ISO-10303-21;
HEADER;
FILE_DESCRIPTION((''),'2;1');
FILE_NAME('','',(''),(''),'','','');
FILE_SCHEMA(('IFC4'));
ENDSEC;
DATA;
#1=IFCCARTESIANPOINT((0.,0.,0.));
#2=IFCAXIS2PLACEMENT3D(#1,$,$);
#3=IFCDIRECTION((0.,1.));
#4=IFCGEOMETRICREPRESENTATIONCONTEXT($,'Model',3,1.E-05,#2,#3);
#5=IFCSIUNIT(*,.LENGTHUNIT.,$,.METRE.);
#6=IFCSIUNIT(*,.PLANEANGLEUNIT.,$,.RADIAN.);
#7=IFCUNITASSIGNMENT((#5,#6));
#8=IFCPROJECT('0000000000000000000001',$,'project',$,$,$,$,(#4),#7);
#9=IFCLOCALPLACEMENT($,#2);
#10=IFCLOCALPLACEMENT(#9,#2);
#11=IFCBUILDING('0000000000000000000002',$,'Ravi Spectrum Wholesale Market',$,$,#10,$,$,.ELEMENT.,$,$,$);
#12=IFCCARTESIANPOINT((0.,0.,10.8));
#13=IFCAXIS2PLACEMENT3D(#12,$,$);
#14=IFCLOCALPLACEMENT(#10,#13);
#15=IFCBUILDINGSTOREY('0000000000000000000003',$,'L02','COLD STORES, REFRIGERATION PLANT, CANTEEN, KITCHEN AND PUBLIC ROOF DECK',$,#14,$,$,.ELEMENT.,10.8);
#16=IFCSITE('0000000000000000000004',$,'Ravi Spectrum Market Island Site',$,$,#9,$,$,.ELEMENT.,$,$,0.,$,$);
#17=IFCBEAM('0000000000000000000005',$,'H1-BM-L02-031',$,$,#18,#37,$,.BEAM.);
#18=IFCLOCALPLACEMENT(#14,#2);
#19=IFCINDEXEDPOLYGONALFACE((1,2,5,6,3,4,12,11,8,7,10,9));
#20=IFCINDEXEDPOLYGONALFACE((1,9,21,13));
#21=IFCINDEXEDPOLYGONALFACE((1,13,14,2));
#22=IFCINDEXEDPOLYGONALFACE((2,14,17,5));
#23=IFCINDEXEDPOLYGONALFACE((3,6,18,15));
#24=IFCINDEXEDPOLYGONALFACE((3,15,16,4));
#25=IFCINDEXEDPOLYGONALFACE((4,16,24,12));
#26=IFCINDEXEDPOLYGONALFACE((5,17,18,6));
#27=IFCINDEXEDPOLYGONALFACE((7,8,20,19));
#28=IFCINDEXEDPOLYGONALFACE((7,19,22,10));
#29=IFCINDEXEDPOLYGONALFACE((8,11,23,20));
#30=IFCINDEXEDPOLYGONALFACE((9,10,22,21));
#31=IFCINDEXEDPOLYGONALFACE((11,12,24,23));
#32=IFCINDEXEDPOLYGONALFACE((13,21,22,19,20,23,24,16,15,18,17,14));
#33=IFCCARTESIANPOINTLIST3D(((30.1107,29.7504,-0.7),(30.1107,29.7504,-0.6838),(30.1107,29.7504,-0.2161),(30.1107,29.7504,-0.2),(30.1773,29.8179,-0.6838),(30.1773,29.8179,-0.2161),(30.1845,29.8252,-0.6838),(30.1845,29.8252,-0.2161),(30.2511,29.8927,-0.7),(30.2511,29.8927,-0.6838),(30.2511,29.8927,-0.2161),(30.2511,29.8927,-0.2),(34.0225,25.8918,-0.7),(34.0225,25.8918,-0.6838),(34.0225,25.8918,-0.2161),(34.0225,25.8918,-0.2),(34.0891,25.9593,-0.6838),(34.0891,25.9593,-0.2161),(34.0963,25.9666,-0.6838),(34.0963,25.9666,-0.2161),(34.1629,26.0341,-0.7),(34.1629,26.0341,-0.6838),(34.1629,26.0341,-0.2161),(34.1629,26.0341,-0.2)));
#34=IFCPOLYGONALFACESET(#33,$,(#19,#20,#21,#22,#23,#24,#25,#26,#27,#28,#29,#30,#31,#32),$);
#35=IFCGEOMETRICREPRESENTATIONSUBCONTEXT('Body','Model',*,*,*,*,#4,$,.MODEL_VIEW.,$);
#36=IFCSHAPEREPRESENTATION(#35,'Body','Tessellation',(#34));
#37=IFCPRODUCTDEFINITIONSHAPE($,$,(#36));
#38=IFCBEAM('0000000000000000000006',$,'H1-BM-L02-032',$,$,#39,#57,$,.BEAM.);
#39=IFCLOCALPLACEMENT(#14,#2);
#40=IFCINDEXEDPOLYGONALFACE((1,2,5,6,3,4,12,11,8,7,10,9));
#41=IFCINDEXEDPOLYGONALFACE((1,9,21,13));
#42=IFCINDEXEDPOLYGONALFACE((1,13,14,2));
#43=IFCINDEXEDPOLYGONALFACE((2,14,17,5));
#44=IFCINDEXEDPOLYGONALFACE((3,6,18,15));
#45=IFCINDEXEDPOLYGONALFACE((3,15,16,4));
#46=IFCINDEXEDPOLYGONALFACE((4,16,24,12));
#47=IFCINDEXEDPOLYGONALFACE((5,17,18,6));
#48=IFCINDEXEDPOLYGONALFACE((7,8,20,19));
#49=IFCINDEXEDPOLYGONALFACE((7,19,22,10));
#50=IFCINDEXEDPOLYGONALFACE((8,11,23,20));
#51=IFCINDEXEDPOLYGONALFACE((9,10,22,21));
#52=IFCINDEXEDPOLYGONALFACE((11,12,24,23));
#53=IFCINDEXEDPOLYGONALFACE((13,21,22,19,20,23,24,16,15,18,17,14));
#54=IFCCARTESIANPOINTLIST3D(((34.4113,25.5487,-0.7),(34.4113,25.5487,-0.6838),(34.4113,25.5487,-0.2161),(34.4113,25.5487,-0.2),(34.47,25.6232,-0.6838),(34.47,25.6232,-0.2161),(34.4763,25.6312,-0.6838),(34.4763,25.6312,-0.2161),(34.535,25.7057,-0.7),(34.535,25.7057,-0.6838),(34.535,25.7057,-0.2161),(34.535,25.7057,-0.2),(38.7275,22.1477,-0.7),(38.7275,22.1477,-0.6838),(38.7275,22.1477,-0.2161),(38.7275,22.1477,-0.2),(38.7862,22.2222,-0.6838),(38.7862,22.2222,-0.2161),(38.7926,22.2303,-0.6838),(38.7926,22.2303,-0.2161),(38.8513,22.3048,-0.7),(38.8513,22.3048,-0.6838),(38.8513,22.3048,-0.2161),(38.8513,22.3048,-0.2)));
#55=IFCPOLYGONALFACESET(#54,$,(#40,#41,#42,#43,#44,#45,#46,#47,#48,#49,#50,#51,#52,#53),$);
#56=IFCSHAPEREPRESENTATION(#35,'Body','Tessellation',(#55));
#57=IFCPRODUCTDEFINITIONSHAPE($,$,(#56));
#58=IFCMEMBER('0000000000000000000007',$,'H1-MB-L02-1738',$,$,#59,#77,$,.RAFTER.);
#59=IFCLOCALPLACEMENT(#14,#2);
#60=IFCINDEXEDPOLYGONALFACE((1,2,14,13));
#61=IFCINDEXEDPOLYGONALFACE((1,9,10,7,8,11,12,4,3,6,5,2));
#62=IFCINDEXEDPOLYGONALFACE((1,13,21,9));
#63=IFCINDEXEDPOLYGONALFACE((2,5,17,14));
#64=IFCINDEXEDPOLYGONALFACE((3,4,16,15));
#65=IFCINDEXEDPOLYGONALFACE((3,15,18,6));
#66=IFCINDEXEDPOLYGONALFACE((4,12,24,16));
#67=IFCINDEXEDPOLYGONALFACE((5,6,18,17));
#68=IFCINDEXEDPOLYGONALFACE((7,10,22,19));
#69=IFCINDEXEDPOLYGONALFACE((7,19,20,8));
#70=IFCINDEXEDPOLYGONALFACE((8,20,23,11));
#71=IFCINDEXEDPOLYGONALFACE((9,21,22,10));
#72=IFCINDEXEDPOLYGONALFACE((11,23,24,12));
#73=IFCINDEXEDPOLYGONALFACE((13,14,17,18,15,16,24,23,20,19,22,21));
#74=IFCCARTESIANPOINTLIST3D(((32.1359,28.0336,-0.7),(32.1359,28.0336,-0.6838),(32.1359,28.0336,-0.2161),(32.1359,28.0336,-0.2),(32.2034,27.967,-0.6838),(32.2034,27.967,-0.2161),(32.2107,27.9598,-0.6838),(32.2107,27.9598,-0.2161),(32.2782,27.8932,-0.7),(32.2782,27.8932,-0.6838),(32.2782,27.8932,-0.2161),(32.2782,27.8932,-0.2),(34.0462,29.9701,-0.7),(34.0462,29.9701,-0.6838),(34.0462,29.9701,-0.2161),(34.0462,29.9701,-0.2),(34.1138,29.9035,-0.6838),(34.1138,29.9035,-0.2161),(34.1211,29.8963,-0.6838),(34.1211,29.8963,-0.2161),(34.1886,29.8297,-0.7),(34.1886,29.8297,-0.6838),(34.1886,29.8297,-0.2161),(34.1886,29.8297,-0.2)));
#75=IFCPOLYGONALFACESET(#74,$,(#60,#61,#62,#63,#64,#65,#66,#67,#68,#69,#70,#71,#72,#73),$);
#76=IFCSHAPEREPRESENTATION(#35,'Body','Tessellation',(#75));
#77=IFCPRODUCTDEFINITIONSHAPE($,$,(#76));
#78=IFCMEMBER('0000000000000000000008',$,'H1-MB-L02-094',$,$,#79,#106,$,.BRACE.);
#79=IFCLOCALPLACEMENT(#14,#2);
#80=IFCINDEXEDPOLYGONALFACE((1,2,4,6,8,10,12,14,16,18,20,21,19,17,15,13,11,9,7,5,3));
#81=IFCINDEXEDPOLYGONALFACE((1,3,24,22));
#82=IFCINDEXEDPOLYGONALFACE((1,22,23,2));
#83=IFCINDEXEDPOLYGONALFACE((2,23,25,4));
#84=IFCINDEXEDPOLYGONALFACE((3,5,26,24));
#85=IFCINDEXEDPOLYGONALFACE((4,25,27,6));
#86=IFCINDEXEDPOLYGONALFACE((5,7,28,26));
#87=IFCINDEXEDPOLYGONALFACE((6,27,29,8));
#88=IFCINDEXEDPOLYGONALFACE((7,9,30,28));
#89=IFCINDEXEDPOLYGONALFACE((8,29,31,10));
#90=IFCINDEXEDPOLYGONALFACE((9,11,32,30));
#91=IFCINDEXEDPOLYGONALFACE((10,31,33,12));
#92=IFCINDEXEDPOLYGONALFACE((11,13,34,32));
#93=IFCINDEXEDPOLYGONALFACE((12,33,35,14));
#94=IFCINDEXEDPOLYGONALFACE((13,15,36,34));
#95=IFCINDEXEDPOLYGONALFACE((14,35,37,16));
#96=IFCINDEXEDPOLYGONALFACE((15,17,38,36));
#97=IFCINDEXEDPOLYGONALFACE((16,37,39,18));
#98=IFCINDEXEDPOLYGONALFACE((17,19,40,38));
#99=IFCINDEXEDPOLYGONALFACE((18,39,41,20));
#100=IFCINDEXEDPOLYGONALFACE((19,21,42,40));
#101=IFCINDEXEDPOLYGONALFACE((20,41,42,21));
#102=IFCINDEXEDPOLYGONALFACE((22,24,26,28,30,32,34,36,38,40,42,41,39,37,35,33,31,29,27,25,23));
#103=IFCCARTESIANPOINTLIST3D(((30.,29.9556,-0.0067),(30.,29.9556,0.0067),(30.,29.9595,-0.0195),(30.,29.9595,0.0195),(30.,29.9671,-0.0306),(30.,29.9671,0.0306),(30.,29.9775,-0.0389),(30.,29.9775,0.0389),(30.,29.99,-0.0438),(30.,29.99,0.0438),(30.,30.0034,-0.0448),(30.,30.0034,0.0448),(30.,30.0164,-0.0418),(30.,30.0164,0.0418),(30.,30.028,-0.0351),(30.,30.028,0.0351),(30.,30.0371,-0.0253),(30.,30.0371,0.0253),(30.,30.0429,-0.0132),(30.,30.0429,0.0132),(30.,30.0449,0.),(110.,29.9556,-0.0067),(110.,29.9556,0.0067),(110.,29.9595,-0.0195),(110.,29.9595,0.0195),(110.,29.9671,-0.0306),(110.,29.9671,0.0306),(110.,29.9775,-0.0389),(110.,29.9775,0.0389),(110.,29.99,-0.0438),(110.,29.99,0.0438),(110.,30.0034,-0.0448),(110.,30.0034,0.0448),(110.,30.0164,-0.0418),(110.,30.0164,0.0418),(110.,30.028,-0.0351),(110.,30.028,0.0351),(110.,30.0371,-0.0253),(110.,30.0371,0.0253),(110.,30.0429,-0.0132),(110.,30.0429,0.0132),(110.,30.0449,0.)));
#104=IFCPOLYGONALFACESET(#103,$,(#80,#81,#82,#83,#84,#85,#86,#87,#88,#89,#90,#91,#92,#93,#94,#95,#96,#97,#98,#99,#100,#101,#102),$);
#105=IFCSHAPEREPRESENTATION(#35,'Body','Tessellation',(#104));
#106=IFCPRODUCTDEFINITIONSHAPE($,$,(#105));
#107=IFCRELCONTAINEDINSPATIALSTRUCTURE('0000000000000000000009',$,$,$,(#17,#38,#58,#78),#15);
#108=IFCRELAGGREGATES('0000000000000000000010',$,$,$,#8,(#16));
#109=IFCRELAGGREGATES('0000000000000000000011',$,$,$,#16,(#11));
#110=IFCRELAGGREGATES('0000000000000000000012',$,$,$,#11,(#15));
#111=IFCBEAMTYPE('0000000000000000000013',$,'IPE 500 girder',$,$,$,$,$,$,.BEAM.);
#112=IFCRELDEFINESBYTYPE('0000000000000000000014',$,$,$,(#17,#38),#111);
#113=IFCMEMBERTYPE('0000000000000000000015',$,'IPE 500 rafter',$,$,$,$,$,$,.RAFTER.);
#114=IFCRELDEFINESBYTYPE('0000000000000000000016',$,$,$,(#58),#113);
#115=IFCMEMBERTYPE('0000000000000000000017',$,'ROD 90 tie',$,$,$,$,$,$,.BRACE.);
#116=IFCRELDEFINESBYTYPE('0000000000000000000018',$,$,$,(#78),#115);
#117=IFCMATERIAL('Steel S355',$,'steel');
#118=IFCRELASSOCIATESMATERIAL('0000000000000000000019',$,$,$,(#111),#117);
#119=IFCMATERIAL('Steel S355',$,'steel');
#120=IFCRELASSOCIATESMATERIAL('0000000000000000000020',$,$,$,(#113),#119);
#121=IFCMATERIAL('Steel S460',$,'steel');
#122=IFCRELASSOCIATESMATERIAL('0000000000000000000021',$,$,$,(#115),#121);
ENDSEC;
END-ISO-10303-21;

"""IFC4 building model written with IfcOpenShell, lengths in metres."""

from ifc_helpers import new_model, si_unit, direction, frame, origin, origin_2d, place, context, subcontext, project, spatial, circle, i_section, extrude, material, material_profile, profile_set, type_object, element, save


model = new_model("IFC4")

# Units and contexts
model_context = context("Model", 3, precision=1e-05, world=origin(), true_north=direction((0.0, 1.0)))
body_context = subcontext(model_context, "Body", "Model", "MODEL_VIEW")
ifc_project = project(units=[si_unit("LENGTHUNIT", "METRE"), si_unit("PLANEANGLEUNIT", "RADIAN")], contexts=[model_context])

# Site, building, storey
site_placement = place(None, origin())
site = spatial("IfcSite", under=ifc_project, at=site_placement, Name="Ravi Spectrum Market Island Site", CompositionType="ELEMENT", RefElevation=0.0)
building_placement = place(site_placement, origin())
building = spatial("IfcBuilding", under=site, at=building_placement, Name="Ravi Spectrum Wholesale Market", CompositionType="ELEMENT")
storey_placement = place(building_placement, frame((0.0, 0.0, 10.8)))
storey = spatial("IfcBuildingStorey", under=building, at=storey_placement, Name="L02", Description="COLD STORES, REFRIGERATION PLANT, CANTEEN, KITCHEN AND PUBLIC ROOF DECK", CompositionType="ELEMENT", Elevation=10.8)

# Beams
ifc_material_1 = material(Name="Steel S355", Category="steel")
ifc_material_profile_1 = material_profile(ifc_material_1, i_section(OverallWidth=0.2, OverallDepth=0.5, WebThickness=0.0103, FlangeThickness=0.0161, at=origin_2d()))
ifc_profile_set_1 = profile_set([ifc_material_profile_1], Name="Steel S355")
beam_type = type_object("IfcBeamType", Name="IPE 500 girder", PredefinedType="BEAM", material=ifc_profile_set_1)
beam_1_placement = place(storey_placement, frame((30.1809, 29.8215, -0.45), z_axis=(0.711933, -0.702247, 0.0), x_axis=(0.702247, 0.711933, 0.0)))
element("IfcBeam", 1, at=beam_1_placement, inside=storey, type_object=beam_type, Name="H1-BM-L02-031", PredefinedType="BEAM", context=body_context, shape_type="SweptSolid", body=[
    extrude(i_section(OverallWidth=0.2, OverallDepth=0.5, WebThickness=0.0103, FlangeThickness=0.0161, at=origin_2d()), origin(), (0.0, 0.0, 1.0), 5.4946),
])
beam_2_placement = place(storey_placement, frame((34.4731, 25.6272, -0.45), z_axis=(0.785468, -0.618902, 0.0), x_axis=(0.618902, 0.785468, 0.0)))
element("IfcBeam", 2, at=beam_2_placement, inside=storey, type_object=beam_type, Name="H1-BM-L02-032", PredefinedType="BEAM", context=body_context, shape_type="SweptSolid", body=[
    extrude(i_section(OverallWidth=0.2, OverallDepth=0.5, WebThickness=0.0103, FlangeThickness=0.0161, at=origin_2d()), origin(), (0.0, 0.0, 1.0), 5.4951),
])

# Members
ifc_material_2 = material(Name="Steel S355", Category="steel")
ifc_material_profile_2 = material_profile(ifc_material_2, i_section(OverallWidth=0.2, OverallDepth=0.5, WebThickness=0.0103, FlangeThickness=0.0161, at=origin_2d()))
ifc_profile_set_2 = profile_set([ifc_material_profile_2], Name="Steel S355")
member_type_1 = type_object("IfcMemberType", Name="IPE 500 rafter", PredefinedType="RAFTER", material=ifc_profile_set_2)
member_1_placement = place(storey_placement, frame((32.207, 27.9634, -0.45), z_axis=(0.702289, 0.711892, 0.0), x_axis=(-0.711892, 0.702289, 0.0)))
element("IfcMember", 3, at=member_1_placement, inside=storey, type_object=member_type_1, Name="H1-MB-L02-1738", PredefinedType="RAFTER", context=body_context, shape_type="SweptSolid", body=[
    extrude(i_section(OverallWidth=0.2, OverallDepth=0.5, WebThickness=0.0103, FlangeThickness=0.0161, at=origin_2d()), origin(), (0.0, 0.0, 1.0), 2.7202),
])
ifc_material_3 = material(Name="Steel S460", Category="steel")
ifc_material_profile_3 = material_profile(ifc_material_3, circle(Radius=0.0449, at=origin_2d()))
ifc_profile_set_3 = profile_set([ifc_material_profile_3], Name="Steel S460")
member_type_2 = type_object("IfcMemberType", Name="ROD 90 tie", PredefinedType="BRACE", material=ifc_profile_set_3)
member_2_placement = place(storey_placement, frame((30.0, 30.0, 0.0), z_axis=(1.0, 0.0, 0.0), x_axis=(0.0, 1.0, 0.0)))
element("IfcMember", 4, at=member_2_placement, inside=storey, type_object=member_type_2, Name="H1-MB-L02-094", PredefinedType="BRACE", context=body_context, shape_type="SweptSolid", body=[
    extrude(circle(Radius=0.0449, at=origin_2d()), origin(), (0.0, 0.0, 1.0), 80.0),
])

save(model, "model.ifc")
